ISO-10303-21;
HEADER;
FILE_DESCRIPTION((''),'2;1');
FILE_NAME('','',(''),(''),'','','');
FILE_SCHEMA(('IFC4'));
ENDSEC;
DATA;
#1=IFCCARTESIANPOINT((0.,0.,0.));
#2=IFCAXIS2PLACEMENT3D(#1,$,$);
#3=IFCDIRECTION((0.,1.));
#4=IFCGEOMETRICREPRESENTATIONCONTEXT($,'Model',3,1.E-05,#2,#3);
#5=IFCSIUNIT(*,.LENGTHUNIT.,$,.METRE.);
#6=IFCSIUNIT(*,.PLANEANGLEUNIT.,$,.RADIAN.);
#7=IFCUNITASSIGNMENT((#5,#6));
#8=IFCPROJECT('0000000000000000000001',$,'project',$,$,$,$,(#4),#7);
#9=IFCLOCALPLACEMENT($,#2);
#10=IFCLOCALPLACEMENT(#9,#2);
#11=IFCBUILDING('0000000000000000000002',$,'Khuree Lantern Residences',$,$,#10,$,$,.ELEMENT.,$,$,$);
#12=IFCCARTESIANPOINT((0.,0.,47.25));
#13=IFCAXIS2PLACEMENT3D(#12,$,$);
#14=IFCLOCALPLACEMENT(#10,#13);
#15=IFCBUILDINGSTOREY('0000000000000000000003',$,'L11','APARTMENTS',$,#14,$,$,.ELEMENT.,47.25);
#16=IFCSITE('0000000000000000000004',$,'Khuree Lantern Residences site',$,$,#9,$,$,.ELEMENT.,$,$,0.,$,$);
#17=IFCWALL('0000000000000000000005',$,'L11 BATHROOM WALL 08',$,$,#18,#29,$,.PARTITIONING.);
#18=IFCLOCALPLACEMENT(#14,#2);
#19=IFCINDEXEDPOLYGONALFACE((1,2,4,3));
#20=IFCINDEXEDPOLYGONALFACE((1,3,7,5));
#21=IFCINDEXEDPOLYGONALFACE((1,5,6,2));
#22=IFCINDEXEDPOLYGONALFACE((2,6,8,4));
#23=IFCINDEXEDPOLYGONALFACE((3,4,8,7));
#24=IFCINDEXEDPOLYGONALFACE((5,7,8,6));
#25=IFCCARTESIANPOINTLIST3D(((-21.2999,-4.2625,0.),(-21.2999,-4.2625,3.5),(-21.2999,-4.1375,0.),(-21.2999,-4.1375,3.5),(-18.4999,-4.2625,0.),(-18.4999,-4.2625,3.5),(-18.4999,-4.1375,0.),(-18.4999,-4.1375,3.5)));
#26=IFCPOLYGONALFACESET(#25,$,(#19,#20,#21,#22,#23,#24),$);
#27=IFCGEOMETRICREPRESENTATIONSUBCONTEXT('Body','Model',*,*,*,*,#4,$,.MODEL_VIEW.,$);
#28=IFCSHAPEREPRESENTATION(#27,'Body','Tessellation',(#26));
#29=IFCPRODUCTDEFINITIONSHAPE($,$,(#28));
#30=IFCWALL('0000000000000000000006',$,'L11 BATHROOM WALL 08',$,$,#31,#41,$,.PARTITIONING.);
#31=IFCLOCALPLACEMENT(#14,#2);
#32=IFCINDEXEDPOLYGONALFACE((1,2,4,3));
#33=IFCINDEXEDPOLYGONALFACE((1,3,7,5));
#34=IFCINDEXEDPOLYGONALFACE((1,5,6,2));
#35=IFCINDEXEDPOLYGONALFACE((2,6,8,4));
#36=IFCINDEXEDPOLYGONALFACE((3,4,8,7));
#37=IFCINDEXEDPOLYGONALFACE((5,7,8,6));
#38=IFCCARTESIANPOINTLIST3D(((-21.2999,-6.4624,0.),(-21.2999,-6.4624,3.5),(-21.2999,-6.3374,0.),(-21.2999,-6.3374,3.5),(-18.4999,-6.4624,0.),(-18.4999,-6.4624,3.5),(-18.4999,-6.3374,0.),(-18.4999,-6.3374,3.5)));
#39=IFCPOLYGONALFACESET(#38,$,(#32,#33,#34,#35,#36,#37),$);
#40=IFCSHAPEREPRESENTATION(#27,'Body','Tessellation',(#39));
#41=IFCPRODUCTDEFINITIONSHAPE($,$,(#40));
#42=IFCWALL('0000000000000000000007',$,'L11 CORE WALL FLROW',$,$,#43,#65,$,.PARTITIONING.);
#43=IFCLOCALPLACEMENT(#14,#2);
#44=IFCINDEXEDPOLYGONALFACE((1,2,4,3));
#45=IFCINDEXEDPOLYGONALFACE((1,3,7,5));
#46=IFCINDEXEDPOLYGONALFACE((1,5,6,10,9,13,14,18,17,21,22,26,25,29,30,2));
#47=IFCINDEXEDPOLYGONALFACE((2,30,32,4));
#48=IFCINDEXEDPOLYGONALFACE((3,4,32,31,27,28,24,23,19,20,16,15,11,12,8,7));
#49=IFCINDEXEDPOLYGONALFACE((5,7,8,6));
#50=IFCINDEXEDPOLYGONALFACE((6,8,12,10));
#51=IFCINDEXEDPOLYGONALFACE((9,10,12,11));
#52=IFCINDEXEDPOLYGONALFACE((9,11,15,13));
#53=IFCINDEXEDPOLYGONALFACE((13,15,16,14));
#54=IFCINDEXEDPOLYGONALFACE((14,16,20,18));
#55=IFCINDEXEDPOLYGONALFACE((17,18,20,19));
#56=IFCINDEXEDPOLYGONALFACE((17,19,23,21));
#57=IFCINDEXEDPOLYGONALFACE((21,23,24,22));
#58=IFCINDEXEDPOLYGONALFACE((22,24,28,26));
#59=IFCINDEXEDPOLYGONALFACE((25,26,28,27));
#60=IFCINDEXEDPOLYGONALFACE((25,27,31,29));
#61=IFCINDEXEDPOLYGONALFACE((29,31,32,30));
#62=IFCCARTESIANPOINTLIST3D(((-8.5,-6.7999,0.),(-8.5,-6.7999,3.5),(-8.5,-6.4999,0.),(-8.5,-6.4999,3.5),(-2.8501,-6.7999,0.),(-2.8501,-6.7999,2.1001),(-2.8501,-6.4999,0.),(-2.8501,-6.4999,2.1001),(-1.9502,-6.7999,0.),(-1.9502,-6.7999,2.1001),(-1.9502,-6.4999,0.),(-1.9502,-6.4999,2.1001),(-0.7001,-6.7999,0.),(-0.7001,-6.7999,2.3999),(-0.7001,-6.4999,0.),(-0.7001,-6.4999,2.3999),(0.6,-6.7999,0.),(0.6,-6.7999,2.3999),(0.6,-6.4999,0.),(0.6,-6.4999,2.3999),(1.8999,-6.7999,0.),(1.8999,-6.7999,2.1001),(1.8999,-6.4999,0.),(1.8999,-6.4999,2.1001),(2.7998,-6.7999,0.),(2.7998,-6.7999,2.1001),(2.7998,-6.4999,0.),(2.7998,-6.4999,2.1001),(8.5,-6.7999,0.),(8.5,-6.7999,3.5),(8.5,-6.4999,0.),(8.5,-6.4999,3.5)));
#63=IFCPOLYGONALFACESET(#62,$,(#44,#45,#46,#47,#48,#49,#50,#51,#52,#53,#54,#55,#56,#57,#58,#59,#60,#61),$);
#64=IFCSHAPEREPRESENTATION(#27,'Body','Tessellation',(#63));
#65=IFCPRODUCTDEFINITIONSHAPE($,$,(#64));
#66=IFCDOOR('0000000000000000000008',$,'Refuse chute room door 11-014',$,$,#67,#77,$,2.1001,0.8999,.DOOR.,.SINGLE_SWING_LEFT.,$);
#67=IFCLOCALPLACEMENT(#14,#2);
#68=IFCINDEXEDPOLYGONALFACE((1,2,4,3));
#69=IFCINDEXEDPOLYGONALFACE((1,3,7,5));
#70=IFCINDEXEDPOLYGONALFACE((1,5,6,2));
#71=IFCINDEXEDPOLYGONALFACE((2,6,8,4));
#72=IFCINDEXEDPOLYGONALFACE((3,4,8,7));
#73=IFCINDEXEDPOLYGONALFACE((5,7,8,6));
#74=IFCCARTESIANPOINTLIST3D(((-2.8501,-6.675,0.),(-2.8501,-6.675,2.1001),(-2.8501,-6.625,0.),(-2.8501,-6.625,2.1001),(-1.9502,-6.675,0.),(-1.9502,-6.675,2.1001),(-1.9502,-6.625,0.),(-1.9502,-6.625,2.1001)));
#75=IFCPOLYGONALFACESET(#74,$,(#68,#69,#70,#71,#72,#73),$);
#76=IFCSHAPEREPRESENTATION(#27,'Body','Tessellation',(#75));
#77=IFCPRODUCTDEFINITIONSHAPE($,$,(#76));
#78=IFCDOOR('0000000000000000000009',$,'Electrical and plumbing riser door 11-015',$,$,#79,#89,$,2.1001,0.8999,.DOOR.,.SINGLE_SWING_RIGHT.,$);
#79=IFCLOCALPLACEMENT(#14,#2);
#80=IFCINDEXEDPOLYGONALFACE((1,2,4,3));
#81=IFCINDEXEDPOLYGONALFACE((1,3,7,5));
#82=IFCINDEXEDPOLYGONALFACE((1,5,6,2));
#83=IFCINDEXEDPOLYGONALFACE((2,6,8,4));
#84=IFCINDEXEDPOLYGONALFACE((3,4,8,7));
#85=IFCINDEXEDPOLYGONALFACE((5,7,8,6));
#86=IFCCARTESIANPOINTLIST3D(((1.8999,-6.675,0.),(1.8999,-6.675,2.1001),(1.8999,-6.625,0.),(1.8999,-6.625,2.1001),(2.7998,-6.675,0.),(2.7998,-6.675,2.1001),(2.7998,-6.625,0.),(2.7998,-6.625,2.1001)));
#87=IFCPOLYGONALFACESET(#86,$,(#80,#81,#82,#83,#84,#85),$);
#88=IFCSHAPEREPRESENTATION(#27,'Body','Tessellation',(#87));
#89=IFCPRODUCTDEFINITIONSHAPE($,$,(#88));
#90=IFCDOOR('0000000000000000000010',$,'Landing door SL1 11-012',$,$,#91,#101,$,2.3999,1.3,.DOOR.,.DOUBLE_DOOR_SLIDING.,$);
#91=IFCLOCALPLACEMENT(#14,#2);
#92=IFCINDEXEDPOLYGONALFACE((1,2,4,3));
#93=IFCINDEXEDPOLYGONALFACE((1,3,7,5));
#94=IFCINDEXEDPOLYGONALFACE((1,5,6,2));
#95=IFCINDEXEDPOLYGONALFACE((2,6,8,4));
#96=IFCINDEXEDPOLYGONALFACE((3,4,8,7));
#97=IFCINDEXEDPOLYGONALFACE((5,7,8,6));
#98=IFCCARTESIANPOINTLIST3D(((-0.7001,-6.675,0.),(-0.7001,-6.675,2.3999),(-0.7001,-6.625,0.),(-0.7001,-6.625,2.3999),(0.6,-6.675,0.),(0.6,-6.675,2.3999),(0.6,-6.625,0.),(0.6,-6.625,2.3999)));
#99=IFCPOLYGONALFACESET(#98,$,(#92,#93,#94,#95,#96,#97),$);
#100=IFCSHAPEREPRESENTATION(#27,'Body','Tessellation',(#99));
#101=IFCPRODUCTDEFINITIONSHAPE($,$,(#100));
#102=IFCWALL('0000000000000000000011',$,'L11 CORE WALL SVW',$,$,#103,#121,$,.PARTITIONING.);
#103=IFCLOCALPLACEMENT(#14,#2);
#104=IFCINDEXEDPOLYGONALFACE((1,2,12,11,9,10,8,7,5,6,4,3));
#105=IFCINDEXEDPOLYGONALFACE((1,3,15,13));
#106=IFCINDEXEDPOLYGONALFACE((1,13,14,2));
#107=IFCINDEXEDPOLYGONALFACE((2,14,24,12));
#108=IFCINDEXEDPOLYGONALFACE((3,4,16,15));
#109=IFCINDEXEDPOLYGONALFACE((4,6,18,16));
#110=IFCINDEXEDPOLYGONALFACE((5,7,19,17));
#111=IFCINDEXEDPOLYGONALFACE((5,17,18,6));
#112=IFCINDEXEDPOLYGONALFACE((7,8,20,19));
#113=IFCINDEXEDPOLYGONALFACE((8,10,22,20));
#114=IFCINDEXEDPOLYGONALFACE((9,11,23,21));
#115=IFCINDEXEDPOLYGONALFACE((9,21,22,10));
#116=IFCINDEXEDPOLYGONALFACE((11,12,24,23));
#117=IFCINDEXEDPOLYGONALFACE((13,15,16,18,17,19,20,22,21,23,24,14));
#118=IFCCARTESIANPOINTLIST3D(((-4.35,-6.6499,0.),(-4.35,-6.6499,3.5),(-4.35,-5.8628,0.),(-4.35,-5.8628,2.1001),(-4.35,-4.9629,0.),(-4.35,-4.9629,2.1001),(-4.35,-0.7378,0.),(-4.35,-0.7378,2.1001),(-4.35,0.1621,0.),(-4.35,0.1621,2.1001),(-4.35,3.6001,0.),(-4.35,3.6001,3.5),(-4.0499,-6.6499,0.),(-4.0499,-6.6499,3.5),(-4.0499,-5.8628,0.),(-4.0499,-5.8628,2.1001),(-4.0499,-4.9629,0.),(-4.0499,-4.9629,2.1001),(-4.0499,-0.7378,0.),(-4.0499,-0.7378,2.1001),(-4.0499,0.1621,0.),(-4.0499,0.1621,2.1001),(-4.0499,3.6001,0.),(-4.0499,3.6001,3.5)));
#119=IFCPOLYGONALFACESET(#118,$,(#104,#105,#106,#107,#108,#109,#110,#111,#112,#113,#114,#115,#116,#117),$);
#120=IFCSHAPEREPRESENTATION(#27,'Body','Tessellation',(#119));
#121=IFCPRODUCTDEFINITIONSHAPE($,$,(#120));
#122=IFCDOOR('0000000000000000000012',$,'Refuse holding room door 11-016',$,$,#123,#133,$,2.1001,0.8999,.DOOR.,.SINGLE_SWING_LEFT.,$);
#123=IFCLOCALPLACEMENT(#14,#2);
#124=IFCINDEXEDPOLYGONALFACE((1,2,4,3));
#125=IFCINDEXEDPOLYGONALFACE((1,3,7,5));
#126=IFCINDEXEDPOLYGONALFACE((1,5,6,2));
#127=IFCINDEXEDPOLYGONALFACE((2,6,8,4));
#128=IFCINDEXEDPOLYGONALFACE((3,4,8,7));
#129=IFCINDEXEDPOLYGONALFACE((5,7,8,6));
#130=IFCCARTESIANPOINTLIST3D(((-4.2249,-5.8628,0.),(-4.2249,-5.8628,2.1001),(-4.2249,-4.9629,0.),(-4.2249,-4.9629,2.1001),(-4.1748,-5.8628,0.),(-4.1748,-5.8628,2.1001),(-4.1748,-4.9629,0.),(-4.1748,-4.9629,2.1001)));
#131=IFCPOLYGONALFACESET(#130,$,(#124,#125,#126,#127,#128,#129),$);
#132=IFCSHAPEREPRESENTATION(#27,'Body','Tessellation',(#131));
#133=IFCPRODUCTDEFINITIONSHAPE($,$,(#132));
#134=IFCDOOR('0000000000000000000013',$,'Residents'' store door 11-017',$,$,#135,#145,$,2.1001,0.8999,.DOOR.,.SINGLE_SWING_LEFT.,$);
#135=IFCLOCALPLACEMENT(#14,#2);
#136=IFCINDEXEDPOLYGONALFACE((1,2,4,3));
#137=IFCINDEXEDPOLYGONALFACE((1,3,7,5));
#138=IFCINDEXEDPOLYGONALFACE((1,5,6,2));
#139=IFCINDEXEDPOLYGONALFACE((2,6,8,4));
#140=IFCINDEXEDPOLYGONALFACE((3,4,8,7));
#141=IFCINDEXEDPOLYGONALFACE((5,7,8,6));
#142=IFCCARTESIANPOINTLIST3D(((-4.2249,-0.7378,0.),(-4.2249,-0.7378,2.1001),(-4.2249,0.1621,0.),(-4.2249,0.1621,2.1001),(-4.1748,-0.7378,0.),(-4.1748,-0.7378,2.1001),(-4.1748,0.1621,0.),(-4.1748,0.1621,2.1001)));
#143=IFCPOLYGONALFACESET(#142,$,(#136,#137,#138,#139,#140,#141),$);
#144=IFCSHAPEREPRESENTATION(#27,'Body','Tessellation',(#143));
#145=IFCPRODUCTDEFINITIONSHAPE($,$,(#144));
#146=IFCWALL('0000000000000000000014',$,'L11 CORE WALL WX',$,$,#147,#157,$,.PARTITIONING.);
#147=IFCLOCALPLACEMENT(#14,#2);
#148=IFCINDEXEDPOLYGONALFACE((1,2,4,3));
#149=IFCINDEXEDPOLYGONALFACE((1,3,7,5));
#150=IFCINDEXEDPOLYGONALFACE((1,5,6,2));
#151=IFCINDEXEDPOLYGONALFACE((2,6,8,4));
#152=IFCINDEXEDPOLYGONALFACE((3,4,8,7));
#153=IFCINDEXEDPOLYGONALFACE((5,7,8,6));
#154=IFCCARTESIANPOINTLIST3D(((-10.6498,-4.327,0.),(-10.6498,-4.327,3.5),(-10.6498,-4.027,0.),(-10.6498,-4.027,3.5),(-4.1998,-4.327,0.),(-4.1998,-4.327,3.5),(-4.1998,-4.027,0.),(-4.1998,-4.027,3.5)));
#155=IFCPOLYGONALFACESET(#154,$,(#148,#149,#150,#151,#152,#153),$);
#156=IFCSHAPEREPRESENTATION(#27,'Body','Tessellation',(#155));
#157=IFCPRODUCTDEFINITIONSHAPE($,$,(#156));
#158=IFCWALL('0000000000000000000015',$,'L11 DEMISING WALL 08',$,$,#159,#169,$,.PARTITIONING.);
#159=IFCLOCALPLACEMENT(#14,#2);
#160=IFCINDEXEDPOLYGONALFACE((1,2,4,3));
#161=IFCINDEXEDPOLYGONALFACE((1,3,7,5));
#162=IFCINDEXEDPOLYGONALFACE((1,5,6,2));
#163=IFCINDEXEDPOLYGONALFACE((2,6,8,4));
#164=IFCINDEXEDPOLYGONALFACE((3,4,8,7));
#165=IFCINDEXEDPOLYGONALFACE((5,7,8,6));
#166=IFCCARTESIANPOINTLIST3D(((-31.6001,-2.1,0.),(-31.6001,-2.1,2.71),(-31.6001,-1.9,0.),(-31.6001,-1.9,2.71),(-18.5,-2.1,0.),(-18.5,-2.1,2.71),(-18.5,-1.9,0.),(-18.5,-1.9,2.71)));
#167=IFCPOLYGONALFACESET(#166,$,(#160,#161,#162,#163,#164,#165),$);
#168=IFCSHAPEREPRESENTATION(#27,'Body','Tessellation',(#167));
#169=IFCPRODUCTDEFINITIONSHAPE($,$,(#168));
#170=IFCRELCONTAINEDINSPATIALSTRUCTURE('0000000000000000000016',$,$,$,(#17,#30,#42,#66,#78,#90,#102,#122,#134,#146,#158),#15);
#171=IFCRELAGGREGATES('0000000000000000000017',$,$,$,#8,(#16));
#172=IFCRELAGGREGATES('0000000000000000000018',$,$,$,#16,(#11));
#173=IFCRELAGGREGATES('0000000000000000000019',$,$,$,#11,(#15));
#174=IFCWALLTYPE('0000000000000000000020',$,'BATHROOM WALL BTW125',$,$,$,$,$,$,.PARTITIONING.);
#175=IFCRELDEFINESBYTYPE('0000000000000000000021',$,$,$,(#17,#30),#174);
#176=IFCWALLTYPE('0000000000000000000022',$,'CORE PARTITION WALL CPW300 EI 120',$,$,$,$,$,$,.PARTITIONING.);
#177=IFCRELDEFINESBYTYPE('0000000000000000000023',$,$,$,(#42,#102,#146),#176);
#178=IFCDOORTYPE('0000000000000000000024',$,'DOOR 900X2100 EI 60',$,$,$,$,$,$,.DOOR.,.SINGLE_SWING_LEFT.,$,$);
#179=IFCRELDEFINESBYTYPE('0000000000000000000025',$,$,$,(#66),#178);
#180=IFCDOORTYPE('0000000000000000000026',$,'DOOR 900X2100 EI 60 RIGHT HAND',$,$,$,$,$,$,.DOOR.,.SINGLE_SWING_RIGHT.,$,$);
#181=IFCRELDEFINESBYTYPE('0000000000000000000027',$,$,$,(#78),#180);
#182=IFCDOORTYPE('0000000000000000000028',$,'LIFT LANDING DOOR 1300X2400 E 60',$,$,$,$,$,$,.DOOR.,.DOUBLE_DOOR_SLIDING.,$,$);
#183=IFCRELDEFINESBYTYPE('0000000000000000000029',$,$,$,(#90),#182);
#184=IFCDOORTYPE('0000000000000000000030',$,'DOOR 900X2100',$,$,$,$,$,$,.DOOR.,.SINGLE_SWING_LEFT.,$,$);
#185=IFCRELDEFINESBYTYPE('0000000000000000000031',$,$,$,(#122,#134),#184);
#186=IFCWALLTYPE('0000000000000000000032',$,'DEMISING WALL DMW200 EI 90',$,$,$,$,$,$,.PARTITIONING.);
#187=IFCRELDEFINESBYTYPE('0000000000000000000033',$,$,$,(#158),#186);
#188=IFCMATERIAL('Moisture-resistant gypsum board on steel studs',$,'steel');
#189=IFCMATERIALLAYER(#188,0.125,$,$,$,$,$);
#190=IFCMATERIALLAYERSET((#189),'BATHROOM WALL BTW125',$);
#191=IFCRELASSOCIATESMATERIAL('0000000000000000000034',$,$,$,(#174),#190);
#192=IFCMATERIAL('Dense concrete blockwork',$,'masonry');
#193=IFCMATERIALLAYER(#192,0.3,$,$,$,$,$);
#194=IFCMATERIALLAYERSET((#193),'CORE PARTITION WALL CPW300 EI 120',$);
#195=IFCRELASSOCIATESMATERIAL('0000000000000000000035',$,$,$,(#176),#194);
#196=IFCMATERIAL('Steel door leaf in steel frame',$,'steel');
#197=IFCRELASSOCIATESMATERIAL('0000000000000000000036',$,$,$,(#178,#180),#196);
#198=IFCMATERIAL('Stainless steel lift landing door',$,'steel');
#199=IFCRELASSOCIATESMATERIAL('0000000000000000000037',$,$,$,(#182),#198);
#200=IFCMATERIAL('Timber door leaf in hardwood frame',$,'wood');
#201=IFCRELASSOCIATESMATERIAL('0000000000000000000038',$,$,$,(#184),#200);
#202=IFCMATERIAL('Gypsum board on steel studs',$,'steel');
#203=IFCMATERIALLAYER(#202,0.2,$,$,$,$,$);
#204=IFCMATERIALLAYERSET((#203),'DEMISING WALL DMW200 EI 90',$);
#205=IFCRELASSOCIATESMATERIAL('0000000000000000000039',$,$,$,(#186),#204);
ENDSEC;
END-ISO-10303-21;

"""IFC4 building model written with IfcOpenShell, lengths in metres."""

from ifc_helpers import new_model, si_unit, direction, frame, frame_2d, origin, place, context, subcontext, project, spatial, rectangle, extrude, material, layer, layer_set, type_object, element, fill, save


model = new_model("IFC4")

# Units and contexts
model_context = context("Model", 3, precision=1e-05, world=origin(), true_north=direction((0.0, 1.0)))
body_context = subcontext(model_context, "Body", "Model", "MODEL_VIEW")
ifc_project = project(units=[si_unit("LENGTHUNIT", "METRE"), si_unit("PLANEANGLEUNIT", "RADIAN")], contexts=[model_context])

# Site, building, storey
site_placement = place(None, origin())
site = spatial("IfcSite", under=ifc_project, at=site_placement, Name="Khuree Lantern Residences site", CompositionType="ELEMENT", RefElevation=0.0)
building_placement = place(site_placement, origin())
building = spatial("IfcBuilding", under=site, at=building_placement, Name="Khuree Lantern Residences", CompositionType="ELEMENT")
storey_placement = place(building_placement, frame((0.0, 0.0, 47.25)))
storey = spatial("IfcBuildingStorey", under=building, at=storey_placement, Name="L11", Description="APARTMENTS", CompositionType="ELEMENT", Elevation=47.25)

# Walls
ifc_material_1 = material(Name="Moisture-resistant gypsum board on steel studs", Category="steel")
ifc_layer_1 = layer(ifc_material_1, 0.125)
ifc_layer_set_1 = layer_set([ifc_layer_1], Name="BATHROOM WALL BTW125")
wall_type_1 = type_object("IfcWallType", Name="BATHROOM WALL BTW125", PredefinedType="PARTITIONING", material=ifc_layer_set_1)
for number, where, z_axis, x_axis, name in (
    (1, (-18.5, -4.2, 0.0), (0.0, 0.0, 1.0), (-1.0, 0.0, 0.0), "L11 BATHROOM WALL 08"),
    (2, (-18.5, -6.3999, 0.0), (0.0, 0.0, 1.0), (-1.0, 0.0, 0.0), "L11 BATHROOM WALL 08"),
):
    element("IfcWall", number, at=place(storey_placement, frame(where, z_axis=z_axis, x_axis=x_axis)), inside=storey, type_object=wall_type_1, Name=name, PredefinedType="PARTITIONING", context=body_context, shape_type="SweptSolid", body=[
        extrude(rectangle(XDim=2.8, YDim=0.125, at=frame_2d((1.3999, 0.0))), origin(), (0.0, 0.0, 1.0), 3.5),
    ])

# Walls, openings, doors
ifc_material_2 = material(Name="Dense concrete blockwork", Category="masonry")
ifc_layer_2 = layer(ifc_material_2, 0.3)
ifc_layer_set_2 = layer_set([ifc_layer_2], Name="CORE PARTITION WALL CPW300 EI 120")
wall_type_2 = type_object("IfcWallType", Name="CORE PARTITION WALL CPW300 EI 120", PredefinedType="PARTITIONING", material=ifc_layer_set_2)
wall_1_placement = place(storey_placement, frame((-8.5, -6.6499, 0.0), z_axis=(0.0, 0.0, 1.0), x_axis=(1.0, 0.0, 0.0)))
wall_1 = element("IfcWall", 3, at=wall_1_placement, inside=storey, type_object=wall_type_2, Name="L11 CORE WALL FLROW", PredefinedType="PARTITIONING", context=body_context, shape_type="SweptSolid", body=[
    extrude(rectangle(XDim=17.0, YDim=0.3, at=frame_2d((8.5, 0.0))), origin(), (0.0, 0.0, 1.0), 3.5),
])
opening_1_placement = place(wall_1_placement, frame((7.8, 0.0, 0.0)))
opening_1 = element("IfcOpeningElement", 4, at=opening_1_placement, cuts=wall_1, PredefinedType="OPENING", context=body_context, shape_type="SweptSolid", body=[
    extrude(rectangle(XDim=1.3, YDim=2.3999, at=frame_2d((0.6499, 1.2))), frame((0.0, 0.1602, 0.0), z_axis=(0.0, -1.0, 0.0), x_axis=(1.0, 0.0, 0.0)), (0.0, 0.0, 1.0), 0.3201),
])
opening_2_placement = place(wall_1_placement, frame((5.6499, 0.0, 0.0)))
opening_2 = element("IfcOpeningElement", 5, at=opening_2_placement, cuts=wall_1, PredefinedType="OPENING", context=body_context, shape_type="SweptSolid", body=[
    extrude(rectangle(XDim=0.8999, YDim=2.1001, at=frame_2d((0.45, 1.05))), frame((0.0, 0.1602, 0.0), z_axis=(0.0, -1.0, 0.0), x_axis=(1.0, 0.0, 0.0)), (0.0, 0.0, 1.0), 0.3201),
])
opening_3_placement = place(wall_1_placement, frame((10.3999, 0.0, 0.0)))
opening_3 = element("IfcOpeningElement", 6, at=opening_3_placement, cuts=wall_1, PredefinedType="OPENING", context=body_context, shape_type="SweptSolid", body=[
    extrude(rectangle(XDim=0.8999, YDim=2.1001, at=frame_2d((0.45, 1.05))), frame((0.0, 0.1602, 0.0), z_axis=(0.0, -1.0, 0.0), x_axis=(1.0, 0.0, 0.0)), (0.0, 0.0, 1.0), 0.3201),
])
ifc_material_3 = material(Name="Steel door leaf in steel frame", Category="steel")
door_type_1 = type_object("IfcDoorType", Name="DOOR 900X2100 EI 60", OperationType="SINGLE_SWING_LEFT", PredefinedType="DOOR", material=ifc_material_3)
door_1_placement = place(opening_2_placement, origin())
door_1 = element("IfcDoor", 7, at=door_1_placement, inside=storey, type_object=door_type_1, Name="Refuse chute room door 11-014", OperationType="SINGLE_SWING_LEFT", OverallHeight=2.1001, OverallWidth=0.8999, PredefinedType="DOOR", context=body_context, shape_type="SweptSolid", body=[
    extrude(rectangle(XDim=0.8999, YDim=2.1001, at=frame_2d((0.45, 1.05))), frame((0.0, 0.0249, 0.0), z_axis=(0.0, -1.0, 0.0), x_axis=(1.0, 0.0, 0.0)), (0.0, 0.0, 1.0), 0.05),
])
fill(opening_2, door_1)
door_type_2 = type_object("IfcDoorType", Name="DOOR 900X2100 EI 60 RIGHT HAND", OperationType="SINGLE_SWING_RIGHT", PredefinedType="DOOR", material=ifc_material_3)
door_2_placement = place(opening_3_placement, origin())
door_2 = element("IfcDoor", 8, at=door_2_placement, inside=storey, type_object=door_type_2, Name="Electrical and plumbing riser door 11-015", OperationType="SINGLE_SWING_RIGHT", OverallHeight=2.1001, OverallWidth=0.8999, PredefinedType="DOOR", context=body_context, shape_type="SweptSolid", body=[
    extrude(rectangle(XDim=0.8999, YDim=2.1001, at=frame_2d((0.45, 1.05))), frame((0.0, 0.0249, 0.0), z_axis=(0.0, -1.0, 0.0), x_axis=(1.0, 0.0, 0.0)), (0.0, 0.0, 1.0), 0.05),
])
fill(opening_3, door_2)
ifc_material_4 = material(Name="Stainless steel lift landing door", Category="steel")
door_type_3 = type_object("IfcDoorType", Name="LIFT LANDING DOOR 1300X2400 E 60", OperationType="DOUBLE_DOOR_SLIDING", PredefinedType="DOOR", material=ifc_material_4)
door_3_placement = place(opening_1_placement, origin())
door_3 = element("IfcDoor", 9, at=door_3_placement, inside=storey, type_object=door_type_3, Name="Landing door SL1 11-012", OperationType="DOUBLE_DOOR_SLIDING", OverallHeight=2.3999, OverallWidth=1.3, PredefinedType="DOOR", context=body_context, shape_type="SweptSolid", body=[
    extrude(rectangle(XDim=1.3, YDim=2.3999, at=frame_2d((0.6499, 1.2))), frame((0.0, 0.0249, 0.0), z_axis=(0.0, -1.0, 0.0), x_axis=(1.0, 0.0, 0.0)), (0.0, 0.0, 1.0), 0.05),
])
fill(opening_1, door_3)
wall_2_placement = place(storey_placement, frame((-4.2, -6.6499, 0.0), z_axis=(0.0, 0.0, 1.0), x_axis=(0.0, 1.0, 0.0)))
wall_2 = element("IfcWall", 10, at=wall_2_placement, inside=storey, type_object=wall_type_2, Name="L11 CORE WALL SVW", PredefinedType="PARTITIONING", context=body_context, shape_type="SweptSolid", body=[
    extrude(rectangle(XDim=10.25, YDim=0.3, at=frame_2d((5.125, 0.0))), origin(), (0.0, 0.0, 1.0), 3.5),
])
opening_4_placement = place(wall_2_placement, frame((0.7871, 0.0, 0.0)))
opening_4 = element("IfcOpeningElement", 11, at=opening_4_placement, cuts=wall_2, PredefinedType="OPENING", context=body_context, shape_type="SweptSolid", body=[
    extrude(rectangle(XDim=0.8999, YDim=2.1001, at=frame_2d((0.45, 1.05))), frame((0.0, 0.1602, 0.0), z_axis=(0.0, -1.0, 0.0), x_axis=(1.0, 0.0, 0.0)), (0.0, 0.0, 1.0), 0.3201),
])
opening_5_placement = place(wall_2_placement, frame((5.9121, 0.0, 0.0)))
opening_5 = element("IfcOpeningElement", 12, at=opening_5_placement, cuts=wall_2, PredefinedType="OPENING", context=body_context, shape_type="SweptSolid", body=[
    extrude(rectangle(XDim=0.8999, YDim=2.1001, at=frame_2d((0.45, 1.05))), frame((0.0, 0.1602, 0.0), z_axis=(0.0, -1.0, 0.0), x_axis=(1.0, 0.0, 0.0)), (0.0, 0.0, 1.0), 0.3201),
])
ifc_material_5 = material(Name="Timber door leaf in hardwood frame", Category="wood")
door_type_4 = type_object("IfcDoorType", Name="DOOR 900X2100", OperationType="SINGLE_SWING_LEFT", PredefinedType="DOOR", material=ifc_material_5)
door_4_placement = place(opening_4_placement, origin())
door_4 = element("IfcDoor", 13, at=door_4_placement, inside=storey, type_object=door_type_4, Name="Refuse holding room door 11-016", OperationType="SINGLE_SWING_LEFT", OverallHeight=2.1001, OverallWidth=0.8999, PredefinedType="DOOR", context=body_context, shape_type="SweptSolid", body=[
    extrude(rectangle(XDim=0.8999, YDim=2.1001, at=frame_2d((0.45, 1.05))), frame((0.0, 0.0249, 0.0), z_axis=(0.0, -1.0, 0.0), x_axis=(1.0, 0.0, 0.0)), (0.0, 0.0, 1.0), 0.05),
])
fill(opening_4, door_4)
door_5_placement = place(opening_5_placement, origin())
door_5 = element("IfcDoor", 14, at=door_5_placement, inside=storey, type_object=door_type_4, Name="Residents' store door 11-017", OperationType="SINGLE_SWING_LEFT", OverallHeight=2.1001, OverallWidth=0.8999, PredefinedType="DOOR", context=body_context, shape_type="SweptSolid", body=[
    extrude(rectangle(XDim=0.8999, YDim=2.1001, at=frame_2d((0.45, 1.05))), frame((0.0, 0.0249, 0.0), z_axis=(0.0, -1.0, 0.0), x_axis=(1.0, 0.0, 0.0)), (0.0, 0.0, 1.0), 0.05),
])
fill(opening_5, door_5)

# Walls
wall_3_placement = place(storey_placement, frame((-10.6499, -4.177, 0.0), z_axis=(0.0, 0.0, 1.0), x_axis=(1.0, 0.0, 0.0)))
element("IfcWall", 15, at=wall_3_placement, inside=storey, type_object=wall_type_2, Name="L11 CORE WALL WX", PredefinedType="PARTITIONING", context=body_context, shape_type="SweptSolid", body=[
    extrude(rectangle(XDim=6.45, YDim=0.3, at=frame_2d((3.2251, 0.0))), origin(), (0.0, 0.0, 1.0), 3.5),
])
ifc_material_6 = material(Name="Gypsum board on steel studs", Category="steel")
ifc_layer_3 = layer(ifc_material_6, 0.2)
ifc_layer_set_3 = layer_set([ifc_layer_3], Name="DEMISING WALL DMW200 EI 90")
wall_type_3 = type_object("IfcWallType", Name="DEMISING WALL DMW200 EI 90", PredefinedType="PARTITIONING", material=ifc_layer_set_3)
wall_4_placement = place(storey_placement, frame((-18.5, -2.0, 0.0), z_axis=(0.0, 0.0, 1.0), x_axis=(-1.0, 0.0, 0.0)))
element("IfcWall", 16, at=wall_4_placement, inside=storey, type_object=wall_type_3, Name="L11 DEMISING WALL 08", PredefinedType="PARTITIONING", context=body_context, shape_type="SweptSolid", body=[
    extrude(rectangle(XDim=13.1001, YDim=0.2, at=frame_2d((6.55, 0.0))), origin(), (0.0, 0.0, 1.0), 2.71),
])

save(model, "model.ifc")
